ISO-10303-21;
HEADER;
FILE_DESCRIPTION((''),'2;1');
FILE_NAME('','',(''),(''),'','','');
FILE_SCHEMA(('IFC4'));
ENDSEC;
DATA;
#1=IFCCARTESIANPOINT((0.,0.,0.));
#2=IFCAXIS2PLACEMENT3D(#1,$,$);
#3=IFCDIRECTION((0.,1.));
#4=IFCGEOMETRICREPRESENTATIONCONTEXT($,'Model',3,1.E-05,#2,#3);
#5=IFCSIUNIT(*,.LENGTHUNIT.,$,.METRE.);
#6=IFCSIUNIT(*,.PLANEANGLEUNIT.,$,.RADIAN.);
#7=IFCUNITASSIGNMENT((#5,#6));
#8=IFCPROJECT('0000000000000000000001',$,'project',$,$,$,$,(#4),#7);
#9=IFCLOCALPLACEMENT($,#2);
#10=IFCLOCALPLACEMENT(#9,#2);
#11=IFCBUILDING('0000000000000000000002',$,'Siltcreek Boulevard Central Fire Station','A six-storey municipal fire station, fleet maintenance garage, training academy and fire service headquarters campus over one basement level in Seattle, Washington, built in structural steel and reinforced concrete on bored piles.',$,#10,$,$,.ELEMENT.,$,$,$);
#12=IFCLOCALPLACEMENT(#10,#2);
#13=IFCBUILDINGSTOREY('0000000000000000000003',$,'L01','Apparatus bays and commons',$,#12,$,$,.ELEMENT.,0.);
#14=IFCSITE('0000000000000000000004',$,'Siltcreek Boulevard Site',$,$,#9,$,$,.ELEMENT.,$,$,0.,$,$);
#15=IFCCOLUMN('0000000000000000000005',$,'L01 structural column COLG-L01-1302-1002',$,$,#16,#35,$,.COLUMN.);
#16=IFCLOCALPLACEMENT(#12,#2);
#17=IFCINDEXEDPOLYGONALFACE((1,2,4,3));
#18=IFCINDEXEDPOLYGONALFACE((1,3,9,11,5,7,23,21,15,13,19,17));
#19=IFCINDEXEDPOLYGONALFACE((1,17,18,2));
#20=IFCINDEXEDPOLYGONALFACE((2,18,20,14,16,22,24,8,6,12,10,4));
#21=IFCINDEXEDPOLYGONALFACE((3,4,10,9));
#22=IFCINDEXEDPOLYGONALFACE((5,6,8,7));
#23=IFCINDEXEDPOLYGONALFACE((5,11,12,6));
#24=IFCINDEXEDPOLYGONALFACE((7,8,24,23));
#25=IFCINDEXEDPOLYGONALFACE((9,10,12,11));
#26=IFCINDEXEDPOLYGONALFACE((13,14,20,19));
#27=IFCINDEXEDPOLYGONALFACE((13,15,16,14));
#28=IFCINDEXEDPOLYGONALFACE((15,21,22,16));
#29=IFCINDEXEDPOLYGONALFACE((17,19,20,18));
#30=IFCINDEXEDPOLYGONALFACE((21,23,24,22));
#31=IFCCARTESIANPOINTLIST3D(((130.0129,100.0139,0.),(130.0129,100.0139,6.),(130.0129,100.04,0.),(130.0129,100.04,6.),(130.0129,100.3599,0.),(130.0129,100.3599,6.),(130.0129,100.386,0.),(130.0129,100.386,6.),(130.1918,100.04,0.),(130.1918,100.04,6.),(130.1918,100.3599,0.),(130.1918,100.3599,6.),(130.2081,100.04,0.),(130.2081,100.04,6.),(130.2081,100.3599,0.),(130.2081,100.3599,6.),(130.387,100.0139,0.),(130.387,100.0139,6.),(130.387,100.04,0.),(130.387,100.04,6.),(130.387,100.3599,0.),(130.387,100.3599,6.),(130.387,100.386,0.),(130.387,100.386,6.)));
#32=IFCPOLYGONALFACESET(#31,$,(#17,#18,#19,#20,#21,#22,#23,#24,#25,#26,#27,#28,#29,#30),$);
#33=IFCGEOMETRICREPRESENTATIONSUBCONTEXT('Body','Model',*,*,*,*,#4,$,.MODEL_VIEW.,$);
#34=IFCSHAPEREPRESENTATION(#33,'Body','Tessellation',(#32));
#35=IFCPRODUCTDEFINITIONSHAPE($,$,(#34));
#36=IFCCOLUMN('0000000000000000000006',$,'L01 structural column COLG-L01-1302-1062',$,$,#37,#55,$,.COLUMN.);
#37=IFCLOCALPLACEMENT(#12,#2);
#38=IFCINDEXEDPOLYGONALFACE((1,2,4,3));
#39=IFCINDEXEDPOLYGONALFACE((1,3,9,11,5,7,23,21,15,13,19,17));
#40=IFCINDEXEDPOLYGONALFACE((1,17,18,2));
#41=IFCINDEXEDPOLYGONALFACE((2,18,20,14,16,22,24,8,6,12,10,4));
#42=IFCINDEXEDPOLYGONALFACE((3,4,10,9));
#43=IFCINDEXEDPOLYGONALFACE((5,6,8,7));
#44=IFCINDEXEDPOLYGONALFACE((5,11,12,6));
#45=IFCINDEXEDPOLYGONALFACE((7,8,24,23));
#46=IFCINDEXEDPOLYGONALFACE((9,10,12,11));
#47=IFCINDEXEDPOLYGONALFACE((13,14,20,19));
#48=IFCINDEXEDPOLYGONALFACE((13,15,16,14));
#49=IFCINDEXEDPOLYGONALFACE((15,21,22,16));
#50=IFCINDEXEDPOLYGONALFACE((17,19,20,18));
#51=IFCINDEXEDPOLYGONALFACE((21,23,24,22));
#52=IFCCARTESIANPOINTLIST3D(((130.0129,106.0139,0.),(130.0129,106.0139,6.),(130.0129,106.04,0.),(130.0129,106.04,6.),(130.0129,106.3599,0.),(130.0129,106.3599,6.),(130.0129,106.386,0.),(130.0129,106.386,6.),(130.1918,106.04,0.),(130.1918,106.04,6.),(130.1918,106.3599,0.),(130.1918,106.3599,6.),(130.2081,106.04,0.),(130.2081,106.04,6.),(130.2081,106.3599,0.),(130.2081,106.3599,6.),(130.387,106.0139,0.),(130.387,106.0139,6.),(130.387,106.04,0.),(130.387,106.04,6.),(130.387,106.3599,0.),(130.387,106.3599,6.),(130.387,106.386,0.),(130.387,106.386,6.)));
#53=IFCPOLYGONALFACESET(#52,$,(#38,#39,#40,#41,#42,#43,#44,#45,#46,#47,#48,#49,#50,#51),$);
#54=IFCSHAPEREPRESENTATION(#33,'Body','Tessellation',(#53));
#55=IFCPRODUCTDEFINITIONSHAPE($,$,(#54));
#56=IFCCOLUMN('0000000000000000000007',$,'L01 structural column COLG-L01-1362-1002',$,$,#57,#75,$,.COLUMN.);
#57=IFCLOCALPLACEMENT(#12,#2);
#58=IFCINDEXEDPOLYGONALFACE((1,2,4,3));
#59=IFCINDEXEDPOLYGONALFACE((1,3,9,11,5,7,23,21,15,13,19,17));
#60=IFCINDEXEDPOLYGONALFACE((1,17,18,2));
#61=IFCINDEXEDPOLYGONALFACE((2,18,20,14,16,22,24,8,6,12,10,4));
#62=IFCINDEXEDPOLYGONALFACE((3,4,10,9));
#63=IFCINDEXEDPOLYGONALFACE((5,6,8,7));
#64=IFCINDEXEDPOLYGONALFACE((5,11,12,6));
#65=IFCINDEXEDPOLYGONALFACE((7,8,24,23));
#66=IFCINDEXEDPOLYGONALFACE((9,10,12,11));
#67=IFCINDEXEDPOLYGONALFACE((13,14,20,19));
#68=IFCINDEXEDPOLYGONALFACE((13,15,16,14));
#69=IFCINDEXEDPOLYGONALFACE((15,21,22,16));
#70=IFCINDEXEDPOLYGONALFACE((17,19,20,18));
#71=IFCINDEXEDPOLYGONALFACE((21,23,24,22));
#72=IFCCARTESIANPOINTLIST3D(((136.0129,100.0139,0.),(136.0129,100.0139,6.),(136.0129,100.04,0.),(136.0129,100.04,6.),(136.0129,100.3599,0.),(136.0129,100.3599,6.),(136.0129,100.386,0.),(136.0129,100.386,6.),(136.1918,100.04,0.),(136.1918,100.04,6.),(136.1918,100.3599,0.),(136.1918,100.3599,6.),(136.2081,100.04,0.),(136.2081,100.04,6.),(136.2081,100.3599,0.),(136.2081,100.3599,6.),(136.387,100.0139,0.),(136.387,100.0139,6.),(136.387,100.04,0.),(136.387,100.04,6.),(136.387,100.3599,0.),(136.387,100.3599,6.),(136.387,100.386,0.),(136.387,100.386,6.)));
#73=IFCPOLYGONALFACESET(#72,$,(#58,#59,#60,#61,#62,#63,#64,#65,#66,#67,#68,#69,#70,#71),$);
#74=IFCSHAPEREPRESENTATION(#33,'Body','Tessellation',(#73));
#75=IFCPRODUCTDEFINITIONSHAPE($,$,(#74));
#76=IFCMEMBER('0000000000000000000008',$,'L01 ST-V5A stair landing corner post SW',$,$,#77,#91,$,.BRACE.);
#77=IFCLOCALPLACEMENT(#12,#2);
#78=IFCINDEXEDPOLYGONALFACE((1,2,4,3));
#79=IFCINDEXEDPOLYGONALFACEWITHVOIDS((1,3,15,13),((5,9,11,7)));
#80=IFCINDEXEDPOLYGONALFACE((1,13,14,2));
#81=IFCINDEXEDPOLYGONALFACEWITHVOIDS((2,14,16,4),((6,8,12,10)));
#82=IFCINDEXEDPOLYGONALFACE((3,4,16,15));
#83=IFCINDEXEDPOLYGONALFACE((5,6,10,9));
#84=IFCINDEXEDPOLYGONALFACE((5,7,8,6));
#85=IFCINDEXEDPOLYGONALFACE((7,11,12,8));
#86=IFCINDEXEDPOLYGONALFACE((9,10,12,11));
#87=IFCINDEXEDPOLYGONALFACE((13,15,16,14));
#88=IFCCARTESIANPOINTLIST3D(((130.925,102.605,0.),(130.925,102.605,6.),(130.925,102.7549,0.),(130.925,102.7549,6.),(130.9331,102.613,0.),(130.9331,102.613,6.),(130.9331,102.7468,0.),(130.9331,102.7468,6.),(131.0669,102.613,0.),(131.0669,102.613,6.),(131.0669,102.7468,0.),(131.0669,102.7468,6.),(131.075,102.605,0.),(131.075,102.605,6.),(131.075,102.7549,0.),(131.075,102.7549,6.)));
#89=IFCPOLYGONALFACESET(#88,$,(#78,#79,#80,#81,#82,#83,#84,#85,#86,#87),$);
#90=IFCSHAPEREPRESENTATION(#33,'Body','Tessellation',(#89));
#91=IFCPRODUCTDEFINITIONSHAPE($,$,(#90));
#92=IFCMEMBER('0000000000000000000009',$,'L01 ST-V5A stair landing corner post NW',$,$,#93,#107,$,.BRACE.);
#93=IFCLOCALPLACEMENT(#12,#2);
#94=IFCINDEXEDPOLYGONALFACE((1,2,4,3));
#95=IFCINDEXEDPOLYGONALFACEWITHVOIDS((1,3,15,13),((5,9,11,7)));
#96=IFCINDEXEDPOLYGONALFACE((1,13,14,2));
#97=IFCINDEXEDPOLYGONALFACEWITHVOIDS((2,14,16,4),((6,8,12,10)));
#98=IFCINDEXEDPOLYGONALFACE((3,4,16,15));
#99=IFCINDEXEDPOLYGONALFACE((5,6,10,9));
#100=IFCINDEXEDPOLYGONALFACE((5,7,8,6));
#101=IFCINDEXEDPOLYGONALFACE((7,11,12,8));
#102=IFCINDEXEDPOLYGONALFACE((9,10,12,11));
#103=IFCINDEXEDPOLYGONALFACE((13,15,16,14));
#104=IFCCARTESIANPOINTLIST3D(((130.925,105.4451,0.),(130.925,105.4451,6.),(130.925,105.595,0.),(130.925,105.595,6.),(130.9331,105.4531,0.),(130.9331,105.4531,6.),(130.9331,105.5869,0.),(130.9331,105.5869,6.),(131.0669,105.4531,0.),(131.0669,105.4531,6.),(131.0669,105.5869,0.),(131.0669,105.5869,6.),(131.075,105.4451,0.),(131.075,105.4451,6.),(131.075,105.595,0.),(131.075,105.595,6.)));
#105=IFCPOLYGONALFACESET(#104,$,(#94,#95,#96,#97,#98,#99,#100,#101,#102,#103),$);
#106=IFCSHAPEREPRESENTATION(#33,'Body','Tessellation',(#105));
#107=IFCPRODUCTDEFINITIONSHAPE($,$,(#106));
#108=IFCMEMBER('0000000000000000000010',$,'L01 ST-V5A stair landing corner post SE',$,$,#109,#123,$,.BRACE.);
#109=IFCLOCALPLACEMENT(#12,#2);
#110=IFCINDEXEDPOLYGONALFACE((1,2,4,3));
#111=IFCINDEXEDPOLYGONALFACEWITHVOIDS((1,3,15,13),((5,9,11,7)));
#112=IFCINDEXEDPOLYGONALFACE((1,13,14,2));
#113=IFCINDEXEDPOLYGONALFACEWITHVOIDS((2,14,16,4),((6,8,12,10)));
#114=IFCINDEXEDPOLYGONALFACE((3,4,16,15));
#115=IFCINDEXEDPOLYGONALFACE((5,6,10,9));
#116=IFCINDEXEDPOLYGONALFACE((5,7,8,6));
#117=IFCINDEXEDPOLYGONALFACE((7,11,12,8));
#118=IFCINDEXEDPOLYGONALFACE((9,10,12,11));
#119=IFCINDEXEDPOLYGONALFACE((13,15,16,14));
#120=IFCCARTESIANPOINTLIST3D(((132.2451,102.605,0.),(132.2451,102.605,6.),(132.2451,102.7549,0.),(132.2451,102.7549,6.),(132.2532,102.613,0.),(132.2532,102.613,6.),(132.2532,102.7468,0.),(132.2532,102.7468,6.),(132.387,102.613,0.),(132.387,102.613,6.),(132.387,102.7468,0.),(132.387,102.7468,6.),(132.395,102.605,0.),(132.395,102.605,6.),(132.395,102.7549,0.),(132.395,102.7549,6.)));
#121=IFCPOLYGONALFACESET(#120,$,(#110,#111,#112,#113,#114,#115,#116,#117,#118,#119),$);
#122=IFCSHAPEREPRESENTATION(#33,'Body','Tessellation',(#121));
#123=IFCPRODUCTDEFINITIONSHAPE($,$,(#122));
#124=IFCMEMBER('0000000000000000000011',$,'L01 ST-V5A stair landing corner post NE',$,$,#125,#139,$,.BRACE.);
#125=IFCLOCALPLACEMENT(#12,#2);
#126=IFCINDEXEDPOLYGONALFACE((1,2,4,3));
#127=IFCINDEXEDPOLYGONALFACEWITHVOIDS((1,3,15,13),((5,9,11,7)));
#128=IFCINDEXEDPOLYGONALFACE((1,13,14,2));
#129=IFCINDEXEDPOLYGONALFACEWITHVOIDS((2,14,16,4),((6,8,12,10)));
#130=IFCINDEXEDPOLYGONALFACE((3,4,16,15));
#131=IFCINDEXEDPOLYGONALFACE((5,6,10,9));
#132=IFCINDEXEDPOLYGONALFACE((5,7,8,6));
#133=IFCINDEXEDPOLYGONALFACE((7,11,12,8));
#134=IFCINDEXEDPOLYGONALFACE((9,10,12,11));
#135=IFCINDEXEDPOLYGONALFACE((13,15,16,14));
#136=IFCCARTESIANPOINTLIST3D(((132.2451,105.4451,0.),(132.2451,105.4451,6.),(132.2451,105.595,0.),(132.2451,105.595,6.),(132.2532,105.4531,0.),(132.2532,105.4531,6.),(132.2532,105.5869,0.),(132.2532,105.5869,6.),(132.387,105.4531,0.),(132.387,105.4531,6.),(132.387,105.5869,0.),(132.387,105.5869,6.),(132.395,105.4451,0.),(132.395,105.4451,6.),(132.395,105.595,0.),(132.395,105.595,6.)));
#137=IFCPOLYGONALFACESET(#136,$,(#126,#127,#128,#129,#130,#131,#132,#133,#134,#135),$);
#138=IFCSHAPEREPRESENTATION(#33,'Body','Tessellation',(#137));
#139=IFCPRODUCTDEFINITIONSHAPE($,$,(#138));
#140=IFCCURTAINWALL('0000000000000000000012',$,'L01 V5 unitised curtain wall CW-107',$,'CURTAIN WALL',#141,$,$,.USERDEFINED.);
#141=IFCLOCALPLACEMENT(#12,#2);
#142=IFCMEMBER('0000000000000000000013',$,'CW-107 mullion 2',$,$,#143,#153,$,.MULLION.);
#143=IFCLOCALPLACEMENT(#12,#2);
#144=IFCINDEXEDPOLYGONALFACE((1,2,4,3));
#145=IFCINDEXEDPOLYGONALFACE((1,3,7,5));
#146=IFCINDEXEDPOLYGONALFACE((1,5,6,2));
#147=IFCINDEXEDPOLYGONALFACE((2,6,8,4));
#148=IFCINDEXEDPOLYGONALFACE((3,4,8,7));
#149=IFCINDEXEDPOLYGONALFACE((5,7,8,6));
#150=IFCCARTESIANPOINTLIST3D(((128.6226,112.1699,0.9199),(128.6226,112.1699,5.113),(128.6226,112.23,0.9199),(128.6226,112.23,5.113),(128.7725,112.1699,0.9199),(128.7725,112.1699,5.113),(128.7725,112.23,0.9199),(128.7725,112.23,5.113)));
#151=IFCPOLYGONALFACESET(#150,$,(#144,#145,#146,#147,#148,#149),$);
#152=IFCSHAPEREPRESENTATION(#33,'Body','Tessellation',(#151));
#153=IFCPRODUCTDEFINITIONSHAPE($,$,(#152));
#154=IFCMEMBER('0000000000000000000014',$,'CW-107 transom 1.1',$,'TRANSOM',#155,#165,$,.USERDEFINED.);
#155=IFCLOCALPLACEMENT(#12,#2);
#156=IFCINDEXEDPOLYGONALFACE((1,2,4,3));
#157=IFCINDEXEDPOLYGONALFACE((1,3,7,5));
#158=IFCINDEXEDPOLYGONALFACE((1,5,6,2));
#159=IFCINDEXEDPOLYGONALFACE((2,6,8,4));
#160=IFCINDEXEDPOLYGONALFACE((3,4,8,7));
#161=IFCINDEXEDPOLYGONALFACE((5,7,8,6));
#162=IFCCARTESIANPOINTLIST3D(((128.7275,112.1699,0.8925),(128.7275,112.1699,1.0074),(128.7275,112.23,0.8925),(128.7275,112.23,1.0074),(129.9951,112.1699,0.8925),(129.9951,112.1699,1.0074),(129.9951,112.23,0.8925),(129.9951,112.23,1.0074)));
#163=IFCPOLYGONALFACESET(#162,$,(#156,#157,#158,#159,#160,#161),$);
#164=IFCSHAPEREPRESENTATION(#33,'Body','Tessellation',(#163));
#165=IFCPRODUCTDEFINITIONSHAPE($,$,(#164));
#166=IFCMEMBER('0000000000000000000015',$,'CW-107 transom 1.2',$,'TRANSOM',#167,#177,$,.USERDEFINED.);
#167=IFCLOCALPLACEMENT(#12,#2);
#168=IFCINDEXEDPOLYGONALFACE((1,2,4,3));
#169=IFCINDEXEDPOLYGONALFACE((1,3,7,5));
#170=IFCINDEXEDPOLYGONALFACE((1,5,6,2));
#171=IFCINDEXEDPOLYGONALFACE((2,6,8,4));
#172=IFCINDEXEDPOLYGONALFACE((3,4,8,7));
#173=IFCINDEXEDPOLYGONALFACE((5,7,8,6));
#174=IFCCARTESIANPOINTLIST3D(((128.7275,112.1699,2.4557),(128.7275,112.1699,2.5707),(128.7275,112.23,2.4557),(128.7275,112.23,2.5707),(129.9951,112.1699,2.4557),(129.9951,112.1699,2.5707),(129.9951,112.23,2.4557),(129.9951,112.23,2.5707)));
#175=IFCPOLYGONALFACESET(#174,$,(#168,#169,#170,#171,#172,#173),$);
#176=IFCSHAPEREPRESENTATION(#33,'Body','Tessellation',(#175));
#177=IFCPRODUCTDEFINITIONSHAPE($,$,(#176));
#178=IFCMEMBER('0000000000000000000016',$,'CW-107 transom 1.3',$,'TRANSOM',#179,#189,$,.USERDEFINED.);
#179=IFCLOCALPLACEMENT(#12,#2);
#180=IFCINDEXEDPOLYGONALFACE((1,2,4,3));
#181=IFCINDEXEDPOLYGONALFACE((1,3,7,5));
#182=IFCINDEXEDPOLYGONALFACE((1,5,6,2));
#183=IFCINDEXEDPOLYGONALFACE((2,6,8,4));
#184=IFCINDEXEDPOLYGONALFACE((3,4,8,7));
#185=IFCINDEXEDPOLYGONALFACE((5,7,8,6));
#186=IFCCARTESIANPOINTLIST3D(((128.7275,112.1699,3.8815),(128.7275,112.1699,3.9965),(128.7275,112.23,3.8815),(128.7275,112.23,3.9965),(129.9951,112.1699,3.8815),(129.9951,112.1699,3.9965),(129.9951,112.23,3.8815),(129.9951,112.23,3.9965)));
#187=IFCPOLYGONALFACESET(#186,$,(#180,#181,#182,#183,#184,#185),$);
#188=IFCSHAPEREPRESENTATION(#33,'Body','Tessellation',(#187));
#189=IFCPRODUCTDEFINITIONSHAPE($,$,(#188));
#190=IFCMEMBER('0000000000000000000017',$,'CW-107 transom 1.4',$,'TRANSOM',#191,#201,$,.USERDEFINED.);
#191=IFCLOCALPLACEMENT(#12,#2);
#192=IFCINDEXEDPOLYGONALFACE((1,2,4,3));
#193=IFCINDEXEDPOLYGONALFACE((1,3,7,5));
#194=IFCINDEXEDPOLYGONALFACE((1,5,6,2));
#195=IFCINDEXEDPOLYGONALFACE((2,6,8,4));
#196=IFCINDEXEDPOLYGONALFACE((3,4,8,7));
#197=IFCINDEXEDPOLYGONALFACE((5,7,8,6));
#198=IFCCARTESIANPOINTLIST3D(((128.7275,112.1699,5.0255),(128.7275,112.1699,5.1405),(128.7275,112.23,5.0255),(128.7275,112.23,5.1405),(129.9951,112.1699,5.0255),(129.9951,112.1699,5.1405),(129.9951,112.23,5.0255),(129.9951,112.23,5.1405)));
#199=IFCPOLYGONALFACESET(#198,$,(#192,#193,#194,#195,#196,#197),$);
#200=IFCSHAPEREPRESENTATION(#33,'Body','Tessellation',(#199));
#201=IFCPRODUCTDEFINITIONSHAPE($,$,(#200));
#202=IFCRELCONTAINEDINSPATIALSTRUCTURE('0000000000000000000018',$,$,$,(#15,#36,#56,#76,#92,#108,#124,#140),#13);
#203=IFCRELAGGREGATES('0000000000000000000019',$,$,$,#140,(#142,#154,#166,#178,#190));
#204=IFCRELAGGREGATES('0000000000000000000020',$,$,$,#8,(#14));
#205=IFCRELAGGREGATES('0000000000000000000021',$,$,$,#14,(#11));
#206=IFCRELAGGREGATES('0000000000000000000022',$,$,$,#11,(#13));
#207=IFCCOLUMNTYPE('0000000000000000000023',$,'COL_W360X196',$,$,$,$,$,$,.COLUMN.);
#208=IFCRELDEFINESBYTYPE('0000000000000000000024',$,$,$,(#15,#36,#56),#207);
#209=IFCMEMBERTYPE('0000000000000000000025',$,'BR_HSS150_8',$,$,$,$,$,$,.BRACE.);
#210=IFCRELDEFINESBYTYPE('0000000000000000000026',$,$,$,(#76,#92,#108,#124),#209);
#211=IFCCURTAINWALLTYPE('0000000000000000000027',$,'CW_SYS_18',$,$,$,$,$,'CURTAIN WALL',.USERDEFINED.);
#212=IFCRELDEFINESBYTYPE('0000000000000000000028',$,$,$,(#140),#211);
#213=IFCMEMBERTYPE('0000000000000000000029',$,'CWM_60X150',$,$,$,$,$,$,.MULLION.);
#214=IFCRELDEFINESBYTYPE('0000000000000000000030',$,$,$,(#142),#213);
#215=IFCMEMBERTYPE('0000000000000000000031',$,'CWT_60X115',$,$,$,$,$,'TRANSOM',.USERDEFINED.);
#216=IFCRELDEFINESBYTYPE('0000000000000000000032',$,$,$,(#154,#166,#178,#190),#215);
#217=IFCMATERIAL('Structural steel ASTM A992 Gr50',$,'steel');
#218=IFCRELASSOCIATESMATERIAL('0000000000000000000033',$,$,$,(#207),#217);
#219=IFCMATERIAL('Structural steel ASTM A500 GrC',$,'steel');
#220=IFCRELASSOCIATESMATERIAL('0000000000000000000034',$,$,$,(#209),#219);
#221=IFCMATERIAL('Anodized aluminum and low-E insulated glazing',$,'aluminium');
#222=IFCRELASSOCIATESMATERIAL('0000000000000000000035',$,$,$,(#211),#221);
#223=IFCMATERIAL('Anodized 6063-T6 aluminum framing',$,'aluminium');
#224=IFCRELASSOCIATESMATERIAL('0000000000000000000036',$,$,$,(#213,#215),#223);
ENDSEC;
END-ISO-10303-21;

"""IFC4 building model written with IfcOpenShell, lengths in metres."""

from ifc_helpers import new_model, si_unit, direction, frame, origin, origin_2d, place, context, subcontext, project, spatial, rectangle, hollow_rectangle, i_section, extrude, material, material_profile, profile_set, type_object, element, aggregate, save


model = new_model("IFC4")

# Units and contexts
model_context = context("Model", 3, precision=1e-05, world=origin(), true_north=direction((0.0, 1.0)))
body_context = subcontext(model_context, "Body", "Model", "MODEL_VIEW")
ifc_project = project(units=[si_unit("LENGTHUNIT", "METRE"), si_unit("PLANEANGLEUNIT", "RADIAN")], contexts=[model_context])

# Site, building, storey
site_placement = place(None, origin())
site = spatial("IfcSite", under=ifc_project, at=site_placement, Name="Siltcreek Boulevard Site", CompositionType="ELEMENT", RefElevation=0.0)
building_placement = place(site_placement, origin())
building = spatial("IfcBuilding", under=site, at=building_placement, Name="Siltcreek Boulevard Central Fire Station", Description="A six-storey municipal fire station, fleet maintenance garage, training academy and fire service headquarters campus over one basement level in Seattle, Washington, built in structural steel and reinforced concrete on bored piles.", CompositionType="ELEMENT")
storey_placement = place(building_placement, origin())
storey = spatial("IfcBuildingStorey", under=building, at=storey_placement, Name="L01", Description="Apparatus bays and commons", CompositionType="ELEMENT", Elevation=0.0)

# Columns
ifc_material_1 = material(Name="Structural steel ASTM A992 Gr50", Category="steel")
ifc_material_profile_1 = material_profile(ifc_material_1, i_section(OverallWidth=0.374, OverallDepth=0.3721, WebThickness=0.0164, FlangeThickness=0.0261, at=origin_2d()), Name="W360X196")
ifc_profile_set_1 = profile_set([ifc_material_profile_1], Name="Structural steel ASTM A992 Gr50")
column_type = type_object("IfcColumnType", Name="COL_W360X196", PredefinedType="COLUMN", material=ifc_profile_set_1)
for number, where, z_axis, x_axis, name in (
    (1, (130.2, 100.2, 0.0), (0.0, 0.0, 1.0), (1.0, 0.0, 0.0), "L01 structural column COLG-L01-1302-1002"),
    (2, (130.2, 106.2, 0.0), (0.0, 0.0, 1.0), (1.0, 0.0, 0.0), "L01 structural column COLG-L01-1302-1062"),
    (3, (136.2, 100.2, 0.0), (0.0, 0.0, 1.0), (1.0, 0.0, 0.0), "L01 structural column COLG-L01-1362-1002"),
):
    element("IfcColumn", number, at=place(storey_placement, frame(where, z_axis=z_axis, x_axis=x_axis)), inside=storey, type_object=column_type, Name=name, PredefinedType="COLUMN", context=body_context, shape_type="SweptSolid", body=[
        extrude(i_section(OverallWidth=0.374, OverallDepth=0.3721, WebThickness=0.0164, FlangeThickness=0.0261, at=origin_2d()), origin(), (0.0, 0.0, 1.0), 6.0),
    ])

# Members
ifc_material_2 = material(Name="Structural steel ASTM A500 GrC", Category="steel")
ifc_material_profile_2 = material_profile(ifc_material_2, hollow_rectangle(XDim=0.1499, YDim=0.1499, WallThickness=0.0081, at=origin_2d()), Name="HSS150X150X8.0")
ifc_profile_set_2 = profile_set([ifc_material_profile_2], Name="Structural steel ASTM A500 GrC")
member_type_1 = type_object("IfcMemberType", Name="BR_HSS150_8", PredefinedType="BRACE", material=ifc_profile_set_2)
for number, where, z_axis, x_axis, name in (
    (4, (131.0, 102.6799, 0.0), (0.0, 0.0, 1.0), (1.0, 0.0, 0.0), "L01 ST-V5A stair landing corner post SW"),
    (5, (131.0, 105.52, 0.0), (0.0, 0.0, 1.0), (1.0, 0.0, 0.0), "L01 ST-V5A stair landing corner post NW"),
    (6, (132.3201, 102.6799, 0.0), (0.0, 0.0, 1.0), (1.0, 0.0, 0.0), "L01 ST-V5A stair landing corner post SE"),
    (7, (132.3201, 105.52, 0.0), (0.0, 0.0, 1.0), (1.0, 0.0, 0.0), "L01 ST-V5A stair landing corner post NE"),
):
    element("IfcMember", number, at=place(storey_placement, frame(where, z_axis=z_axis, x_axis=x_axis)), inside=storey, type_object=member_type_1, Name=name, PredefinedType="BRACE", context=body_context, shape_type="SweptSolid", body=[
        extrude(hollow_rectangle(XDim=0.1499, YDim=0.1499, WallThickness=0.0081, at=origin_2d()), origin(), (0.0, 0.0, 1.0), 6.0),
    ])

# Curtain wall, members
ifc_material_3 = material(Name="Anodized aluminum and low-E insulated glazing", Category="aluminium")
curtain_wall_type = type_object("IfcCurtainWallType", Name="CW_SYS_18", ElementType="CURTAIN WALL", PredefinedType="USERDEFINED", material=ifc_material_3)
curtain_wall_placement = place(storey_placement, origin())
curtain_wall = element("IfcCurtainWall", 8, at=curtain_wall_placement, inside=storey, type_object=curtain_wall_type, Name="L01 V5 unitised curtain wall CW-107", ObjectType="CURTAIN WALL", PredefinedType="USERDEFINED")
ifc_material_4 = material(Name="Anodized 6063-T6 aluminum framing", Category="aluminium")
ifc_material_profile_3 = material_profile(ifc_material_4, rectangle(XDim=0.0601, YDim=0.1499, at=origin_2d()), Name="MULL60X150")
ifc_profile_set_3 = profile_set([ifc_material_profile_3], Name="Anodized 6063-T6 aluminum framing")
member_type_2 = type_object("IfcMemberType", Name="CWM_60X150", PredefinedType="MULLION", material=ifc_profile_set_3)
member_1_placement = place(storey_placement, frame((128.6975, 112.2, 0.9199), z_axis=(0.0, 0.0, 1.0), x_axis=(0.0, -1.0, 0.0)))
member_1 = element("IfcMember", 9, at=member_1_placement, type_object=member_type_2, Name="CW-107 mullion 2", PredefinedType="MULLION", context=body_context, shape_type="SweptSolid", body=[
    extrude(rectangle(XDim=0.0601, YDim=0.1499, at=origin_2d()), origin(), (0.0, 0.0, 1.0), 4.1931),
])
ifc_material_profile_4 = material_profile(ifc_material_4, rectangle(XDim=0.0601, YDim=0.115, at=origin_2d()), Name="TRAN60X115")
ifc_profile_set_4 = profile_set([ifc_material_profile_4], Name="Anodized 6063-T6 aluminum framing")
member_type_3 = type_object("IfcMemberType", Name="CWT_60X115", ElementType="TRANSOM", PredefinedType="USERDEFINED", material=ifc_profile_set_4)
member_2_placement = place(storey_placement, frame((129.9951, 112.2, 0.95), z_axis=(-1.0, 0.0, 0.0), x_axis=(0.0, -1.0, 0.0)))
member_2 = element("IfcMember", 10, at=member_2_placement, type_object=member_type_3, Name="CW-107 transom 1.1", ObjectType="TRANSOM", PredefinedType="USERDEFINED", context=body_context, shape_type="SweptSolid", body=[
    extrude(rectangle(XDim=0.0601, YDim=0.115, at=origin_2d()), origin(), (0.0, 0.0, 1.0), 1.2676),
])
member_3_placement = place(storey_placement, frame((129.9951, 112.2, 2.5132), z_axis=(-1.0, 0.0, 0.0), x_axis=(0.0, -1.0, 0.0)))
member_3 = element("IfcMember", 11, at=member_3_placement, type_object=member_type_3, Name="CW-107 transom 1.2", ObjectType="TRANSOM", PredefinedType="USERDEFINED", context=body_context, shape_type="SweptSolid", body=[
    extrude(rectangle(XDim=0.0601, YDim=0.115, at=origin_2d()), origin(), (0.0, 0.0, 1.0), 1.2676),
])
member_4_placement = place(storey_placement, frame((129.9951, 112.2, 3.939), z_axis=(-1.0, 0.0, 0.0), x_axis=(0.0, -1.0, 0.0)))
member_4 = element("IfcMember", 12, at=member_4_placement, type_object=member_type_3, Name="CW-107 transom 1.3", ObjectType="TRANSOM", PredefinedType="USERDEFINED", context=body_context, shape_type="SweptSolid", body=[
    extrude(rectangle(XDim=0.0601, YDim=0.115, at=origin_2d()), origin(), (0.0, 0.0, 1.0), 1.2676),
])
member_5_placement = place(storey_placement, frame((129.9951, 112.2, 5.083), z_axis=(-1.0, 0.0, 0.0), x_axis=(0.0, -1.0, 0.0)))
member_5 = element("IfcMember", 13, at=member_5_placement, type_object=member_type_3, Name="CW-107 transom 1.4", ObjectType="TRANSOM", PredefinedType="USERDEFINED", context=body_context, shape_type="SweptSolid", body=[
    extrude(rectangle(XDim=0.0601, YDim=0.115, at=origin_2d()), origin(), (0.0, 0.0, 1.0), 1.2676),
])

aggregate(curtain_wall, [member_1, member_2, member_3, member_4, member_5])

save(model, "model.ifc")
